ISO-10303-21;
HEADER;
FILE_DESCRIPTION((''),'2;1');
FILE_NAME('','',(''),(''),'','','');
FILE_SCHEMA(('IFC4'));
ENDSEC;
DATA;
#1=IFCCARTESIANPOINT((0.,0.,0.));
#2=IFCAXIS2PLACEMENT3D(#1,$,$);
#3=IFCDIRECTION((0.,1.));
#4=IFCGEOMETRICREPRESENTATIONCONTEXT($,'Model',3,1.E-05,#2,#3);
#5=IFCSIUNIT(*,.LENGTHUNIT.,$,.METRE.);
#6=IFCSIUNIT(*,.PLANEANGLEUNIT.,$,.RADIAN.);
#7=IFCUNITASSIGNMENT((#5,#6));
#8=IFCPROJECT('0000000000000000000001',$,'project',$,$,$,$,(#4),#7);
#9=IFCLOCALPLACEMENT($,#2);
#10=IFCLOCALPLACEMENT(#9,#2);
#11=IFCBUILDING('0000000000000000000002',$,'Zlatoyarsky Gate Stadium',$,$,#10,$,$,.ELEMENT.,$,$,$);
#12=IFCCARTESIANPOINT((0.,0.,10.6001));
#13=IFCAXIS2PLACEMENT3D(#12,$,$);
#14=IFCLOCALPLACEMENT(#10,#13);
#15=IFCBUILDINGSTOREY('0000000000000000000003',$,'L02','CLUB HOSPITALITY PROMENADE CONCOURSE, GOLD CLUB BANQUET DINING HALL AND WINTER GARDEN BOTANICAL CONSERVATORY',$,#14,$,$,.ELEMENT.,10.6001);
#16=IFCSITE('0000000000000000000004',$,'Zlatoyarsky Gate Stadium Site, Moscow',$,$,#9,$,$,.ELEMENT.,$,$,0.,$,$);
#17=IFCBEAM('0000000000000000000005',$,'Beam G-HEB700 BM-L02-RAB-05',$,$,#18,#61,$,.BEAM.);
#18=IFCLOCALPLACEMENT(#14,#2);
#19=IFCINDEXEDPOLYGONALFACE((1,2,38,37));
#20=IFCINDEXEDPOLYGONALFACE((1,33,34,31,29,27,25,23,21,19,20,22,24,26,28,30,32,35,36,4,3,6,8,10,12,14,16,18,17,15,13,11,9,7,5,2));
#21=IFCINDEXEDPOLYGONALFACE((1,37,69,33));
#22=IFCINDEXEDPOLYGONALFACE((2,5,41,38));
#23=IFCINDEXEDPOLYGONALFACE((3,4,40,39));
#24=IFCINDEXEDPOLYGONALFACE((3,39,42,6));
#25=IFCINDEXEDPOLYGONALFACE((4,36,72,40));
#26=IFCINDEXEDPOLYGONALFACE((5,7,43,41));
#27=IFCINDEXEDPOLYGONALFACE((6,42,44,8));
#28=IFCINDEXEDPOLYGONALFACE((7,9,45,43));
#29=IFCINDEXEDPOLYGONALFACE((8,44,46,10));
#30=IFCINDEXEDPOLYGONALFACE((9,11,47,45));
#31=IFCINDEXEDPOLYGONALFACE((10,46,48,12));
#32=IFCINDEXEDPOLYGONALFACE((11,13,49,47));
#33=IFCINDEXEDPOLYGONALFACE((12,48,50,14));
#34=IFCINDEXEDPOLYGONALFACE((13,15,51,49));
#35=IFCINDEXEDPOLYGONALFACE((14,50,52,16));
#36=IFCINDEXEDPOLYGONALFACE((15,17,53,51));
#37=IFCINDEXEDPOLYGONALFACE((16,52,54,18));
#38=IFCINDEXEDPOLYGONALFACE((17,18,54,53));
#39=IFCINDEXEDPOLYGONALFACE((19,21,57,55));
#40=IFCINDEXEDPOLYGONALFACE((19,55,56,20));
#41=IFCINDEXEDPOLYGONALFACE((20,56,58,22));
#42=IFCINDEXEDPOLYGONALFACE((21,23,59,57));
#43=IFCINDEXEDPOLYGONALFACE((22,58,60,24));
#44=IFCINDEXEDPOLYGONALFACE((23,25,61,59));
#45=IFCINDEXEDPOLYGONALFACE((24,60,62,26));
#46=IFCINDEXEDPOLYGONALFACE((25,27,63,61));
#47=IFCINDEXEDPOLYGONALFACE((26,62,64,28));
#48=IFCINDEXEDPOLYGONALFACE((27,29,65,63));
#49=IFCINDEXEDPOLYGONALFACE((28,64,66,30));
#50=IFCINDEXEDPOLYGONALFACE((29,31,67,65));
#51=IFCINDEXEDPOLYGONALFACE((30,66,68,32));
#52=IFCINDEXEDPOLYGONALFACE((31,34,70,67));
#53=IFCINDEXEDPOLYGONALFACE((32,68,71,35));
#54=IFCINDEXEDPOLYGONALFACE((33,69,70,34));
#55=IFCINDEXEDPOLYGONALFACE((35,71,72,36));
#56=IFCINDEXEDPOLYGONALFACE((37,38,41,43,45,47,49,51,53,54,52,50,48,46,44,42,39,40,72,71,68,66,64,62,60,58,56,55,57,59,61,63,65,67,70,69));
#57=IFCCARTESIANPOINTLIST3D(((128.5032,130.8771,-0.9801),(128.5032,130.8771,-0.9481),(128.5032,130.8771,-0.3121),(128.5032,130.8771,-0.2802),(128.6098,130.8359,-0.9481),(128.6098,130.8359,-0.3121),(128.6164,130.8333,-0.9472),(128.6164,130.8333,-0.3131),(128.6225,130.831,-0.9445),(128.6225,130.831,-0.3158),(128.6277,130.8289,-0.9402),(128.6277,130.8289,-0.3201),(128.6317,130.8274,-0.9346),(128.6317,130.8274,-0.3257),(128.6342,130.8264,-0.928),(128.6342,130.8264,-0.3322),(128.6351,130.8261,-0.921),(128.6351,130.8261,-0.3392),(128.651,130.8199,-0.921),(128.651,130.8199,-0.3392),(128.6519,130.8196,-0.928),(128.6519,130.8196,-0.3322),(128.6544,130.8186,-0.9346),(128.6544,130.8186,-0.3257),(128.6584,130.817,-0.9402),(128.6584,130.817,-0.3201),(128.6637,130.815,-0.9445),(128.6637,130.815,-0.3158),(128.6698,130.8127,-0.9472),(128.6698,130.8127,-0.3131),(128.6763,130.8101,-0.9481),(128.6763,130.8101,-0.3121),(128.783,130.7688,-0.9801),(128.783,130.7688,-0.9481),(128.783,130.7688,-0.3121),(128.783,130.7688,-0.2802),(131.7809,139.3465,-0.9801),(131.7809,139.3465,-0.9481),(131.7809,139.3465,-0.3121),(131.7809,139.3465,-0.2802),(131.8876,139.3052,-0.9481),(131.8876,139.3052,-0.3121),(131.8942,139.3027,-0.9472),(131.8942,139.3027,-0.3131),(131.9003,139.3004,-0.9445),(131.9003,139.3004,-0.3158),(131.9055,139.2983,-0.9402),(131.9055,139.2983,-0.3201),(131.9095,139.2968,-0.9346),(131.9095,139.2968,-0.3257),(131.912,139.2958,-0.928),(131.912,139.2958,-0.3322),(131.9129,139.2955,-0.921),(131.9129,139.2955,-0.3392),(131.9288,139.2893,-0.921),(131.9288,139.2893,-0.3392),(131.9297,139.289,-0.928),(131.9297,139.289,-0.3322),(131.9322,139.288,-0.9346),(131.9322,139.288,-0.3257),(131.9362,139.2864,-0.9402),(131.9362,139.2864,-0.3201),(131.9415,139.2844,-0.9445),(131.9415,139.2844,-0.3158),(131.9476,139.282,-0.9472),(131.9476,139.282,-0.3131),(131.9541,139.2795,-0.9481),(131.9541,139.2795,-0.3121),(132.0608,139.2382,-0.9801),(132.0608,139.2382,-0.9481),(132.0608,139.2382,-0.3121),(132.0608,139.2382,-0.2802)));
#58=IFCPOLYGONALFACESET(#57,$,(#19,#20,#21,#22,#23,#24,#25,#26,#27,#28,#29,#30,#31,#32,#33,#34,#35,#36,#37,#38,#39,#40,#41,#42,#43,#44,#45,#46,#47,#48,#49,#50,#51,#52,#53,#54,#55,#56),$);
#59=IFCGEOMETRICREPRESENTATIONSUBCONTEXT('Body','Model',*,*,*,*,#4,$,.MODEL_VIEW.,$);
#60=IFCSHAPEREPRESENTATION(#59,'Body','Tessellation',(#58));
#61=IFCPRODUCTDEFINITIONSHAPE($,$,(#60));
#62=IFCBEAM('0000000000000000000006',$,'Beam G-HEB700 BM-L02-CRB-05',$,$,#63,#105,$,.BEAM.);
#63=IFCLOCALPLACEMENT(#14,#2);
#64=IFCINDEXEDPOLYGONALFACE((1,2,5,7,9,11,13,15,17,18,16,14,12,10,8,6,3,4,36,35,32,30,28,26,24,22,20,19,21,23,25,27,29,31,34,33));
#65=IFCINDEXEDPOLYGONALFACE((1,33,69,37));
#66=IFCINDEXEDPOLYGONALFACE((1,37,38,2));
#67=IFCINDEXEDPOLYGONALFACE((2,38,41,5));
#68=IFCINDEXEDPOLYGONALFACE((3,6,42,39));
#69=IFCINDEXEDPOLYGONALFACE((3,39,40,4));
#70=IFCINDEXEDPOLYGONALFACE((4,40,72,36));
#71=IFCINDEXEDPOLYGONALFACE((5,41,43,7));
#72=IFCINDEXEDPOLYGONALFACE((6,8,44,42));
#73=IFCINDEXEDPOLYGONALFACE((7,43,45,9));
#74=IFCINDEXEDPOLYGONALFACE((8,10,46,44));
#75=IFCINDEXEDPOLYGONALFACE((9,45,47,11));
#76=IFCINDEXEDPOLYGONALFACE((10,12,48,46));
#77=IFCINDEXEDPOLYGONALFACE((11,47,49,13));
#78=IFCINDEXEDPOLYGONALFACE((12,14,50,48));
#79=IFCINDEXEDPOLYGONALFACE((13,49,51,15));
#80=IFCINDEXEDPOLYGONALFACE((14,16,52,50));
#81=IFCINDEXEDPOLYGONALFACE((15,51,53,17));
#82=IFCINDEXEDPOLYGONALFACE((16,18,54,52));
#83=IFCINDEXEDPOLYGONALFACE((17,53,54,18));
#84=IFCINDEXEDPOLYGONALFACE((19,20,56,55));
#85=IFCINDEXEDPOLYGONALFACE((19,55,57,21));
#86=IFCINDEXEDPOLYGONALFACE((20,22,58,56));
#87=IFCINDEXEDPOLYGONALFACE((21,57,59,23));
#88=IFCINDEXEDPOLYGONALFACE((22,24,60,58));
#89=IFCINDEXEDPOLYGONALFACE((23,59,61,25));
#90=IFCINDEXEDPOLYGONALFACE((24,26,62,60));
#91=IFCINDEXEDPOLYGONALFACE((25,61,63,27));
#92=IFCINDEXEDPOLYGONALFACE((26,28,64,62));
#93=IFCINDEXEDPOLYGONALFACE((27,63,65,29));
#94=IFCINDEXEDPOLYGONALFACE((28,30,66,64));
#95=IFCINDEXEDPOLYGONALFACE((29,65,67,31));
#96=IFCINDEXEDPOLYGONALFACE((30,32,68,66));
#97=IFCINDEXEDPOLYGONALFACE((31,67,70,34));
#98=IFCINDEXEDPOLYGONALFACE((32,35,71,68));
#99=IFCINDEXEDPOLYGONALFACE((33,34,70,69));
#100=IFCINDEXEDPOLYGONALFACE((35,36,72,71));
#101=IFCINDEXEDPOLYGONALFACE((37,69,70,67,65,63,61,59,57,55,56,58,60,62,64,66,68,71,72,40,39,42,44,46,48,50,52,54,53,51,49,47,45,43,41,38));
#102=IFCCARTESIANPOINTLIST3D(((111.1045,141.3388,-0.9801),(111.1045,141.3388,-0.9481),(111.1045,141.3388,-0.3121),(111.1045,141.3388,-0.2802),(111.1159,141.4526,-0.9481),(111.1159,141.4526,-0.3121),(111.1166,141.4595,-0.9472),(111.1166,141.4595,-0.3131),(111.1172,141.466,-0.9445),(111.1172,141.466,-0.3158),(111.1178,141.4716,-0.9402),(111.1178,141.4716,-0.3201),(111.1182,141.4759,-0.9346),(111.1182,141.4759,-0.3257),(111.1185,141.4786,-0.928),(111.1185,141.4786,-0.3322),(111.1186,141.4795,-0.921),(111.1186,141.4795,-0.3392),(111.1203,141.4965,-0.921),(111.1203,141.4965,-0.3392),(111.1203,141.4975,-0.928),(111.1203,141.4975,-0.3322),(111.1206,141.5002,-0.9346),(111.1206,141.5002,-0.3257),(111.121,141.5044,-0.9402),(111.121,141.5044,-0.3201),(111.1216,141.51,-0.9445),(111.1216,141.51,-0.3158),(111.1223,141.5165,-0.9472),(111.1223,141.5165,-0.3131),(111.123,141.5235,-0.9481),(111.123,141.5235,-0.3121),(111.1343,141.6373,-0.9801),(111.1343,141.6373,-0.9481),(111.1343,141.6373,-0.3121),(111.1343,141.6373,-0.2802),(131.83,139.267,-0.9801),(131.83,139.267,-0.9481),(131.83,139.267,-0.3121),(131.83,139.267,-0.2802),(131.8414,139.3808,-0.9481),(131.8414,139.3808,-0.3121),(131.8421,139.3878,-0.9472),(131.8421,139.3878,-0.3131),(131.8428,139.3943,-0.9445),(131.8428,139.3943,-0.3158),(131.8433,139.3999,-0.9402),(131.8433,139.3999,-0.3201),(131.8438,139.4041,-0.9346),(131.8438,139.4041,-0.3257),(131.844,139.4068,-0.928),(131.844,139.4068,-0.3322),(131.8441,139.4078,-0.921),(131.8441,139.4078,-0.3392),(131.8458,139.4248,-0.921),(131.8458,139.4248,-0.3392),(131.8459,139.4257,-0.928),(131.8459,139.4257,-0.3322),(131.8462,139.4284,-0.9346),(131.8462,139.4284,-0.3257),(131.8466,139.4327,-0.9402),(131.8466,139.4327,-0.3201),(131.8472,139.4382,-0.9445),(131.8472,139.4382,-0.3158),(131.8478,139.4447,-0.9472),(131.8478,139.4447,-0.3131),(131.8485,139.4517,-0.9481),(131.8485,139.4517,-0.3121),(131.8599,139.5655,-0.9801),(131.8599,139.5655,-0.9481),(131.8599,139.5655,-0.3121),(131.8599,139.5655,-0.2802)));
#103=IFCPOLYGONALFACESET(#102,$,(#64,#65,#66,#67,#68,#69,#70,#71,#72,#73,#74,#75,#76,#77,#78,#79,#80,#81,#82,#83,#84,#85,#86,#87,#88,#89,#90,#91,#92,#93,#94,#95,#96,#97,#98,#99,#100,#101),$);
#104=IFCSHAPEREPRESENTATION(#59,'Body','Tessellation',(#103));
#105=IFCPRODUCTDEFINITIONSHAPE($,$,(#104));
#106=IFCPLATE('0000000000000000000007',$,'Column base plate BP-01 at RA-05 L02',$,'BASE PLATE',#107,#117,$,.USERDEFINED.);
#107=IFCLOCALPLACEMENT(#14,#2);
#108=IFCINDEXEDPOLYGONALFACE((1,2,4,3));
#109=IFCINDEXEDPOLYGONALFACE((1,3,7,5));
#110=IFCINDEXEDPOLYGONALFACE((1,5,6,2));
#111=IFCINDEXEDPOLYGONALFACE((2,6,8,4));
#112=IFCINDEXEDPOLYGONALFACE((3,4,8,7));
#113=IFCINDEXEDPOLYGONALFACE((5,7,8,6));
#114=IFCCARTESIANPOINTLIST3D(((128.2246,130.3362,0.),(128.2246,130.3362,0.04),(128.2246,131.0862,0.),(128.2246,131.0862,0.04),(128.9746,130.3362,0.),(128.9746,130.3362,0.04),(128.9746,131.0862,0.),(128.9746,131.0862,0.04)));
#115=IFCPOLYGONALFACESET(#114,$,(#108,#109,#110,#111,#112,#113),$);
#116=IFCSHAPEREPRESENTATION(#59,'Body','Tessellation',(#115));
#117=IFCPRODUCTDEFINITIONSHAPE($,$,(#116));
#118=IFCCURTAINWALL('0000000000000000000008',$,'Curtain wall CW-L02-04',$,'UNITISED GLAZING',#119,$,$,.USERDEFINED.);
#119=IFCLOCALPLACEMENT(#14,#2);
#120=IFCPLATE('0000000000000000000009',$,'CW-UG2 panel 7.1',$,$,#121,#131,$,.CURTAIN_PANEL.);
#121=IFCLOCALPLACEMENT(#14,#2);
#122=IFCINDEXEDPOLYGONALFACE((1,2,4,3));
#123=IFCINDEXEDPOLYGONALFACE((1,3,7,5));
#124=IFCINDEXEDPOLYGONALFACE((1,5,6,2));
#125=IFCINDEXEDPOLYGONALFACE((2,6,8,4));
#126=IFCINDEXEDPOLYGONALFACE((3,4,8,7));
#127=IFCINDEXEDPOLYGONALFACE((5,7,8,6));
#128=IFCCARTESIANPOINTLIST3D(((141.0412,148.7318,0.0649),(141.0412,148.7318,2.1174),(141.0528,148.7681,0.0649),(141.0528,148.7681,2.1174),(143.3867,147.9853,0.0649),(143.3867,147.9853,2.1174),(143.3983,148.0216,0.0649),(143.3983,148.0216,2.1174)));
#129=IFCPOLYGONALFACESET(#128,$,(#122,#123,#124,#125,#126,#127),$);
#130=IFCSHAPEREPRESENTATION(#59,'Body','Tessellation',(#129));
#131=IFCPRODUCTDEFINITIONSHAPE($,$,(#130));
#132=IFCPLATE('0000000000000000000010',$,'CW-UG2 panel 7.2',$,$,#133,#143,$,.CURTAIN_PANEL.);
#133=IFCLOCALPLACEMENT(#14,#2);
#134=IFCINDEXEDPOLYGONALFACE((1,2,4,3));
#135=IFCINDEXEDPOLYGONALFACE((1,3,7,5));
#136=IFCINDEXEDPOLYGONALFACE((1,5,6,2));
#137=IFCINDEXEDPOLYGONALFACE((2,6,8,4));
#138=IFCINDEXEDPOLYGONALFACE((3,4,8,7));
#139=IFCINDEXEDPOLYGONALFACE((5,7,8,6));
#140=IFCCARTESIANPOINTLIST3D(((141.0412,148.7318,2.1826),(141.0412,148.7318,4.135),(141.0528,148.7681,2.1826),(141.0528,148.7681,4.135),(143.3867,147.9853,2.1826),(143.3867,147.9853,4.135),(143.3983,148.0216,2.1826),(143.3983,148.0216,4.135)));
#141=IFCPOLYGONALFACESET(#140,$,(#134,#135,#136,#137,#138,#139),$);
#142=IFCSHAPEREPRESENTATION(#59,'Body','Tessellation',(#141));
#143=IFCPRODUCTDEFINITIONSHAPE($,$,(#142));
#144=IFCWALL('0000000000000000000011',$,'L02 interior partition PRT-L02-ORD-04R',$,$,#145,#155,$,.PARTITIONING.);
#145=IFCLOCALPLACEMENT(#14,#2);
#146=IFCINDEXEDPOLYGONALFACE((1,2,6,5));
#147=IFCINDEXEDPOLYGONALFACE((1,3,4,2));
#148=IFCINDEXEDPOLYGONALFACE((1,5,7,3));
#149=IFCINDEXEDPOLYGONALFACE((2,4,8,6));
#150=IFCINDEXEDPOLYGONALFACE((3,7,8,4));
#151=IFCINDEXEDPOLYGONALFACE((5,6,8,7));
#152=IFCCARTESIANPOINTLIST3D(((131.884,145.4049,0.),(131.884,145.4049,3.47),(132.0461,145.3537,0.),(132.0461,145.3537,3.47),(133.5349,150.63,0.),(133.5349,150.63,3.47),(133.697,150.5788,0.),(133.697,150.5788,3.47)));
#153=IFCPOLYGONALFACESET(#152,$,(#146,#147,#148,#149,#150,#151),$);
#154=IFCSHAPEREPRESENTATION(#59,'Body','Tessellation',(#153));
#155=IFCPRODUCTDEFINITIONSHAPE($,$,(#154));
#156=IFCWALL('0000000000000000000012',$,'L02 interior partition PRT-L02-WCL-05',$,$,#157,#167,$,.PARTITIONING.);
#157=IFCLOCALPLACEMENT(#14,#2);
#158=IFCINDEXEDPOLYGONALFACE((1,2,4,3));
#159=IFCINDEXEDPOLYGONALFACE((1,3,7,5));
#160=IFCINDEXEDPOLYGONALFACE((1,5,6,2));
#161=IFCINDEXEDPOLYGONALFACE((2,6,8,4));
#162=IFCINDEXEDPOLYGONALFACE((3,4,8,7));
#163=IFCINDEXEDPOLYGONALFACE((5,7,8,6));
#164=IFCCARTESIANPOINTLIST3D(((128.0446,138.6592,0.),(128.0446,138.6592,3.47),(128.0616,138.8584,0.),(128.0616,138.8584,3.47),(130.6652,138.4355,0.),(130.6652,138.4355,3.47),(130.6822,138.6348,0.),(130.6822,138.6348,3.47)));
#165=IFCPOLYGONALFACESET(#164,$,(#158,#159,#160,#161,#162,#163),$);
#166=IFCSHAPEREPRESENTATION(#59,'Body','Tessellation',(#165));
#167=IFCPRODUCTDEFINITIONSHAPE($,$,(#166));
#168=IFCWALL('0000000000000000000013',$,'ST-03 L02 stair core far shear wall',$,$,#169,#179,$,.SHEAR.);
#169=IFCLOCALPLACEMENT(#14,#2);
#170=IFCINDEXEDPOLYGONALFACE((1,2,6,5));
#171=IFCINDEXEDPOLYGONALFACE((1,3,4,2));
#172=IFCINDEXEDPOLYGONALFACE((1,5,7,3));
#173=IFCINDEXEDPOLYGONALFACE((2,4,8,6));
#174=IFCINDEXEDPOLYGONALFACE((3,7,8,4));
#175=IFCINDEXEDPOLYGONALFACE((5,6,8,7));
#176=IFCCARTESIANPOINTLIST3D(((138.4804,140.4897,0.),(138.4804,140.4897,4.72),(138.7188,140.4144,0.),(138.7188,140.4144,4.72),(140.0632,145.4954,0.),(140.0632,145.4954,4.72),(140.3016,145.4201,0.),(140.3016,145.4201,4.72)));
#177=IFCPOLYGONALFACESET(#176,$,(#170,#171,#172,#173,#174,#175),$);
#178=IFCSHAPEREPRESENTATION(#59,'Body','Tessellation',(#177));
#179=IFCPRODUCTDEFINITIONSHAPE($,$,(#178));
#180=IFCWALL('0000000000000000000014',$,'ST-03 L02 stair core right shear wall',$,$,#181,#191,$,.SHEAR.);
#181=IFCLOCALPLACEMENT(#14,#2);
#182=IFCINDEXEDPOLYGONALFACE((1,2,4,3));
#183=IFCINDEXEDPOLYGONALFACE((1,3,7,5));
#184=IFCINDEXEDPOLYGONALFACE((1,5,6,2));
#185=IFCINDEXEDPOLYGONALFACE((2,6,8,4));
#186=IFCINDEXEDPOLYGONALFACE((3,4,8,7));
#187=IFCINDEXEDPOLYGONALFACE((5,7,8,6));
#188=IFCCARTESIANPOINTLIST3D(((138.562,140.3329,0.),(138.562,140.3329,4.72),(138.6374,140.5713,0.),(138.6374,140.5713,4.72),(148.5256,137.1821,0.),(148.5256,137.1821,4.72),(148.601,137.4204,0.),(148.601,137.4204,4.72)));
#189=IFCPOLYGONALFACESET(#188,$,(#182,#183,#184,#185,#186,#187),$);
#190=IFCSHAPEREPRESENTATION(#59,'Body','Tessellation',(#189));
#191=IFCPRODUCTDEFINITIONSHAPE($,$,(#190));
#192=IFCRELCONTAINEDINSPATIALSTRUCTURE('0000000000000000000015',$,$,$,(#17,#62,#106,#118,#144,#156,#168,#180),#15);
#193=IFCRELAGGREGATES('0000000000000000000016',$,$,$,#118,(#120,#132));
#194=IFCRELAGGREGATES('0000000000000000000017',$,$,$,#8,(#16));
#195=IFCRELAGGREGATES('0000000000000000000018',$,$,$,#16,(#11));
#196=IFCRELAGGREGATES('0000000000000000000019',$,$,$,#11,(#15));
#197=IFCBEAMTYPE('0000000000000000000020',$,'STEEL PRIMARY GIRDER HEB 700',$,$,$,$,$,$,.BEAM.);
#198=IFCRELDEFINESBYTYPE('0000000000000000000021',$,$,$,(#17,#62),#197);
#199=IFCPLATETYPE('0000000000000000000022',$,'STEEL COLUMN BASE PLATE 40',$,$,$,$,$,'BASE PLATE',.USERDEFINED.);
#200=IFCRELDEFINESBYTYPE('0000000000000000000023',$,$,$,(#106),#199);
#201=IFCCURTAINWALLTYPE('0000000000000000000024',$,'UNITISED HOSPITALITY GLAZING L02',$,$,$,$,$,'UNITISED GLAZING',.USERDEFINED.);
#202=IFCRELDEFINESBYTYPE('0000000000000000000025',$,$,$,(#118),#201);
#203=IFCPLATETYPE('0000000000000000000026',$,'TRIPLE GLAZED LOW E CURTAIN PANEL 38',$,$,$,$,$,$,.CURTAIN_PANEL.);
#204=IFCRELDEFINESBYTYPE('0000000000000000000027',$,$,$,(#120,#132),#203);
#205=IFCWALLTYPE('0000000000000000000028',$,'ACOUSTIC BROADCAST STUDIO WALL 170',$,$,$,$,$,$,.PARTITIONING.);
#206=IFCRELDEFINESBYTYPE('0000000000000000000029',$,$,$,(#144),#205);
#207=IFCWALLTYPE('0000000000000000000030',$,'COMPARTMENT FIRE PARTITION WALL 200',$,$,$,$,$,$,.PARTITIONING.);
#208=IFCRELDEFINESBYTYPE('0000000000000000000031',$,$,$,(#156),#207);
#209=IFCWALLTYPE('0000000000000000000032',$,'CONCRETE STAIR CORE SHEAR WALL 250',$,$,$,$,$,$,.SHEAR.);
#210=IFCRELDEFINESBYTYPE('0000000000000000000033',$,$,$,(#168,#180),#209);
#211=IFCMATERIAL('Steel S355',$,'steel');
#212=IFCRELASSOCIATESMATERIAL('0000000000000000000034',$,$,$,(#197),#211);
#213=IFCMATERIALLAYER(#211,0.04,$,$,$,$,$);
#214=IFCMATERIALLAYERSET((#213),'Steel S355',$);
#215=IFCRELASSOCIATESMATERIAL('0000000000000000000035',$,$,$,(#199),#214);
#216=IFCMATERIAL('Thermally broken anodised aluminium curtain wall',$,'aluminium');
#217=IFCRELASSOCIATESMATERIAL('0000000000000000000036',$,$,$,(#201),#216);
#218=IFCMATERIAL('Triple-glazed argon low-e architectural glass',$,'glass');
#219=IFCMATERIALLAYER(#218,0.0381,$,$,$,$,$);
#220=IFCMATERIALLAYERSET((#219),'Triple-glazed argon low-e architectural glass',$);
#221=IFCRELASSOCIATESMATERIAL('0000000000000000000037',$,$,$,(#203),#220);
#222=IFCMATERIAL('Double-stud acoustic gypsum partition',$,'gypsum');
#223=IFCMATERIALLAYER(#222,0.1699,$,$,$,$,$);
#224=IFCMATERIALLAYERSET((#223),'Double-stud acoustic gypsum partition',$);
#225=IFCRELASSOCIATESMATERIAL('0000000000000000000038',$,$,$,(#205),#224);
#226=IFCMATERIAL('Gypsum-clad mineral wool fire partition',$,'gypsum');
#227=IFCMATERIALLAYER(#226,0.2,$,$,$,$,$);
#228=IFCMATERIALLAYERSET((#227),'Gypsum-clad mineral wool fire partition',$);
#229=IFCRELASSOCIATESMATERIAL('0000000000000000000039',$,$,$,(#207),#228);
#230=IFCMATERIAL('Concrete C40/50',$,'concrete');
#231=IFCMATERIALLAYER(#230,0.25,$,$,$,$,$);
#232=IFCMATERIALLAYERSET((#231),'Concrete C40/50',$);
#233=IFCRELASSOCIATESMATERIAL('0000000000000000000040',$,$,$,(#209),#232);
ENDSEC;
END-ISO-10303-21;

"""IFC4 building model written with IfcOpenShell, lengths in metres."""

from ifc_helpers import new_model, si_unit, direction, frame, frame_2d, origin, origin_2d, place, context, subcontext, project, spatial, rectangle, i_section, extrude, material, layer, layer_set, material_profile, profile_set, type_object, element, aggregate, save


model = new_model("IFC4")

# Units and contexts
model_context = context("Model", 3, precision=1e-05, world=origin(), true_north=direction((0.0, 1.0)))
body_context = subcontext(model_context, "Body", "Model", "MODEL_VIEW")
ifc_project = project(units=[si_unit("LENGTHUNIT", "METRE"), si_unit("PLANEANGLEUNIT", "RADIAN")], contexts=[model_context])

# Site, building, storey
site_placement = place(None, origin())
site = spatial("IfcSite", under=ifc_project, at=site_placement, Name="Zlatoyarsky Gate Stadium Site, Moscow", CompositionType="ELEMENT", RefElevation=0.0)
building_placement = place(site_placement, origin())
building = spatial("IfcBuilding", under=site, at=building_placement, Name="Zlatoyarsky Gate Stadium", CompositionType="ELEMENT")
storey_placement = place(building_placement, frame((0.0, 0.0, 10.6001)))
storey = spatial("IfcBuildingStorey", under=building, at=storey_placement, Name="L02", Description="CLUB HOSPITALITY PROMENADE CONCOURSE, GOLD CLUB BANQUET DINING HALL AND WINTER GARDEN BOTANICAL CONSERVATORY", CompositionType="ELEMENT", Elevation=10.6001)

# Shared definitions
ifc_material_1 = material(Name="Concrete C40/50", Category="concrete")
ifc_material_2 = material(Name="Steel S355", Category="steel")

# Beams
ifc_material_profile_1 = material_profile(ifc_material_2, i_section(OverallWidth=0.3, OverallDepth=0.7, WebThickness=0.0171, FlangeThickness=0.032, FilletRadius=0.0271, at=origin_2d()), Name="HEB 700")
ifc_profile_set_1 = profile_set([ifc_material_profile_1], Name="Steel S355")
beam_type_1 = type_object("IfcBeamType", Name="STEEL PRIMARY GIRDER HEB 700", PredefinedType="BEAM", material=ifc_profile_set_1)
beam_1_placement = place(storey_placement, frame((128.6431, 130.823, -0.6301), z_axis=(0.360929, 0.932593, 0.0), x_axis=(-0.932593, 0.360929, 0.0)))
element("IfcBeam", 1, at=beam_1_placement, inside=storey, type_object=beam_type_1, Name="Beam G-HEB700 BM-L02-RAB-05", PredefinedType="BEAM", context=body_context, shape_type="SweptSolid", body=[
    extrude(i_section(OverallWidth=0.3, OverallDepth=0.7, WebThickness=0.0171, FlangeThickness=0.032, FilletRadius=0.0271, at=origin_2d()), origin(), (0.0, 0.0, 1.0), 9.0815),
])
beam_2_placement = place(storey_placement, frame((131.845, 139.4163, -0.6301), z_axis=(-0.995041, 0.099467, 0.0), x_axis=(-0.099467, -0.995041, 0.0)))
element("IfcBeam", 2, at=beam_2_placement, inside=storey, type_object=beam_type_1, Name="Beam G-HEB700 BM-L02-CRB-05", PredefinedType="BEAM", context=body_context, shape_type="SweptSolid", body=[
    extrude(i_section(OverallWidth=0.3, OverallDepth=0.7, WebThickness=0.0171, FlangeThickness=0.032, FilletRadius=0.0271, at=origin_2d()), origin(), (0.0, 0.0, 1.0), 20.8289),
])

# Plate
ifc_layer_1 = layer(ifc_material_2, 0.04)
ifc_layer_set_1 = layer_set([ifc_layer_1], Name="Steel S355")
plate_type_1 = type_object("IfcPlateType", Name="STEEL COLUMN BASE PLATE 40", ElementType="BASE PLATE", PredefinedType="USERDEFINED", material=ifc_layer_set_1)
plate_1_placement = place(storey_placement, frame((128.5996, 130.7112, 0.0), z_axis=(0.0, 0.0, 1.0), x_axis=(1.0, 0.0, 0.0)))
element("IfcPlate", 3, at=plate_1_placement, inside=storey, type_object=plate_type_1, Name="Column base plate BP-01 at RA-05 L02", ObjectType="BASE PLATE", PredefinedType="USERDEFINED", context=body_context, shape_type="SweptSolid", body=[
    extrude(rectangle(XDim=0.75, YDim=0.75, at=origin_2d()), origin(), (0.0, 0.0, 1.0), 0.04),
])

# Curtain wall, plates
ifc_material_3 = material(Name="Thermally broken anodised aluminium curtain wall", Category="aluminium")
curtain_wall_type = type_object("IfcCurtainWallType", Name="UNITISED HOSPITALITY GLAZING L02", ElementType="UNITISED GLAZING", PredefinedType="USERDEFINED", material=ifc_material_3)
curtain_wall_placement = place(storey_placement, origin())
curtain_wall = element("IfcCurtainWall", 4, at=curtain_wall_placement, inside=storey, type_object=curtain_wall_type, Name="Curtain wall CW-L02-04", ObjectType="UNITISED GLAZING", PredefinedType="USERDEFINED")
ifc_material_4 = material(Name="Triple-glazed argon low-e architectural glass", Category="glass")
ifc_layer_2 = layer(ifc_material_4, 0.0381)
ifc_layer_set_2 = layer_set([ifc_layer_2], Name="Triple-glazed argon low-e architectural glass")
plate_type_2 = type_object("IfcPlateType", Name="TRIPLE GLAZED LOW E CURTAIN PANEL 38", PredefinedType="CURTAIN_PANEL", material=ifc_layer_set_2)
plate_2_placement = place(storey_placement, frame((142.2197, 148.3767, 0.0649), z_axis=(0.0, 0.0, 1.0), x_axis=(-0.952902, 0.303278, 0.0)))
plate_2 = element("IfcPlate", 5, at=plate_2_placement, type_object=plate_type_2, Name="CW-UG2 panel 7.1", PredefinedType="CURTAIN_PANEL", context=body_context, shape_type="SweptSolid", body=[
    extrude(rectangle(XDim=2.4614, YDim=0.0381, at=origin_2d()), origin(), (0.0, 0.0, 1.0), 2.0525),
])
plate_3_placement = place(storey_placement, frame((142.2197, 148.3767, 2.1826), z_axis=(0.0, 0.0, 1.0), x_axis=(-0.952902, 0.303278, 0.0)))
plate_3 = element("IfcPlate", 6, at=plate_3_placement, type_object=plate_type_2, Name="CW-UG2 panel 7.2", PredefinedType="CURTAIN_PANEL", context=body_context, shape_type="SweptSolid", body=[
    extrude(rectangle(XDim=2.4614, YDim=0.0381, at=origin_2d()), origin(), (0.0, 0.0, 1.0), 1.9524),
])
aggregate(curtain_wall, [plate_2, plate_3])

# Walls
ifc_material_5 = material(Name="Double-stud acoustic gypsum partition", Category="gypsum")
ifc_layer_3 = layer(ifc_material_5, 0.1699)
ifc_layer_set_3 = layer_set([ifc_layer_3], Name="Double-stud acoustic gypsum partition")
wall_type_1 = type_object("IfcWallType", Name="ACOUSTIC BROADCAST STUDIO WALL 170", PredefinedType="PARTITIONING", material=ifc_layer_set_3)
wall_1_placement = place(storey_placement, frame((131.9651, 145.3794, 0.0), z_axis=(0.0, 0.0, 1.0), x_axis=(0.301272, 0.953538, 0.0)))
element("IfcWall", 7, at=wall_1_placement, inside=storey, type_object=wall_type_1, Name="L02 interior partition PRT-L02-ORD-04R", PredefinedType="PARTITIONING", context=body_context, shape_type="SweptSolid", body=[
    extrude(rectangle(XDim=5.4797, YDim=0.1699, at=frame_2d((2.7397, 0.0))), origin(), (0.0, 0.0, 1.0), 3.47),
])
ifc_material_6 = material(Name="Gypsum-clad mineral wool fire partition", Category="gypsum")
ifc_layer_4 = layer(ifc_material_6, 0.2)
ifc_layer_set_4 = layer_set([ifc_layer_4], Name="Gypsum-clad mineral wool fire partition")
wall_type_2 = type_object("IfcWallType", Name="COMPARTMENT FIRE PARTITION WALL 200", PredefinedType="PARTITIONING", material=ifc_layer_set_4)
wall_2_placement = place(storey_placement, frame((130.6736, 138.5352, 0.0), z_axis=(0.0, 0.0, 1.0), x_axis=(-0.996379, 0.085027, 0.0)))
element("IfcWall", 8, at=wall_2_placement, inside=storey, type_object=wall_type_2, Name="L02 interior partition PRT-L02-WCL-05", PredefinedType="PARTITIONING", context=body_context, shape_type="SweptSolid", body=[
    extrude(rectangle(XDim=2.6301, YDim=0.2, at=frame_2d((1.3149, 0.0))), origin(), (0.0, 0.0, 1.0), 3.47),
])
ifc_layer_5 = layer(ifc_material_1, 0.25)
ifc_layer_set_5 = layer_set([ifc_layer_5], Name="Concrete C40/50")
wall_type_3 = type_object("IfcWallType", Name="CONCRETE STAIR CORE SHEAR WALL 250", PredefinedType="SHEAR", material=ifc_layer_set_5)
wall_3_placement = place(storey_placement, frame((140.1824, 145.4578, 0.0), z_axis=(0.0, 0.0, 1.0), x_axis=(-0.301485, -0.953471, 0.0)))
element("IfcWall", 9, at=wall_3_placement, inside=storey, type_object=wall_type_3, Name="ST-03 L02 stair core far shear wall", PredefinedType="SHEAR", context=body_context, shape_type="SweptSolid", body=[
    extrude(rectangle(XDim=5.25, YDim=0.25, at=frame_2d((2.625, 0.0))), origin(), (0.0, 0.0, 1.0), 4.72),
])
wall_4_placement = place(storey_placement, frame((138.5996, 140.4521, 0.0), z_axis=(0.0, 0.0, 1.0), x_axis=(0.95346, -0.30152, 0.0)))
element("IfcWall", 10, at=wall_4_placement, inside=storey, type_object=wall_type_3, Name="ST-03 L02 stair core right shear wall", PredefinedType="SHEAR", context=body_context, shape_type="SweptSolid", body=[
    extrude(rectangle(XDim=10.45, YDim=0.25, at=frame_2d((5.2251, 0.0))), origin(), (0.0, 0.0, 1.0), 4.72),
])

save(model, "model.ifc")
